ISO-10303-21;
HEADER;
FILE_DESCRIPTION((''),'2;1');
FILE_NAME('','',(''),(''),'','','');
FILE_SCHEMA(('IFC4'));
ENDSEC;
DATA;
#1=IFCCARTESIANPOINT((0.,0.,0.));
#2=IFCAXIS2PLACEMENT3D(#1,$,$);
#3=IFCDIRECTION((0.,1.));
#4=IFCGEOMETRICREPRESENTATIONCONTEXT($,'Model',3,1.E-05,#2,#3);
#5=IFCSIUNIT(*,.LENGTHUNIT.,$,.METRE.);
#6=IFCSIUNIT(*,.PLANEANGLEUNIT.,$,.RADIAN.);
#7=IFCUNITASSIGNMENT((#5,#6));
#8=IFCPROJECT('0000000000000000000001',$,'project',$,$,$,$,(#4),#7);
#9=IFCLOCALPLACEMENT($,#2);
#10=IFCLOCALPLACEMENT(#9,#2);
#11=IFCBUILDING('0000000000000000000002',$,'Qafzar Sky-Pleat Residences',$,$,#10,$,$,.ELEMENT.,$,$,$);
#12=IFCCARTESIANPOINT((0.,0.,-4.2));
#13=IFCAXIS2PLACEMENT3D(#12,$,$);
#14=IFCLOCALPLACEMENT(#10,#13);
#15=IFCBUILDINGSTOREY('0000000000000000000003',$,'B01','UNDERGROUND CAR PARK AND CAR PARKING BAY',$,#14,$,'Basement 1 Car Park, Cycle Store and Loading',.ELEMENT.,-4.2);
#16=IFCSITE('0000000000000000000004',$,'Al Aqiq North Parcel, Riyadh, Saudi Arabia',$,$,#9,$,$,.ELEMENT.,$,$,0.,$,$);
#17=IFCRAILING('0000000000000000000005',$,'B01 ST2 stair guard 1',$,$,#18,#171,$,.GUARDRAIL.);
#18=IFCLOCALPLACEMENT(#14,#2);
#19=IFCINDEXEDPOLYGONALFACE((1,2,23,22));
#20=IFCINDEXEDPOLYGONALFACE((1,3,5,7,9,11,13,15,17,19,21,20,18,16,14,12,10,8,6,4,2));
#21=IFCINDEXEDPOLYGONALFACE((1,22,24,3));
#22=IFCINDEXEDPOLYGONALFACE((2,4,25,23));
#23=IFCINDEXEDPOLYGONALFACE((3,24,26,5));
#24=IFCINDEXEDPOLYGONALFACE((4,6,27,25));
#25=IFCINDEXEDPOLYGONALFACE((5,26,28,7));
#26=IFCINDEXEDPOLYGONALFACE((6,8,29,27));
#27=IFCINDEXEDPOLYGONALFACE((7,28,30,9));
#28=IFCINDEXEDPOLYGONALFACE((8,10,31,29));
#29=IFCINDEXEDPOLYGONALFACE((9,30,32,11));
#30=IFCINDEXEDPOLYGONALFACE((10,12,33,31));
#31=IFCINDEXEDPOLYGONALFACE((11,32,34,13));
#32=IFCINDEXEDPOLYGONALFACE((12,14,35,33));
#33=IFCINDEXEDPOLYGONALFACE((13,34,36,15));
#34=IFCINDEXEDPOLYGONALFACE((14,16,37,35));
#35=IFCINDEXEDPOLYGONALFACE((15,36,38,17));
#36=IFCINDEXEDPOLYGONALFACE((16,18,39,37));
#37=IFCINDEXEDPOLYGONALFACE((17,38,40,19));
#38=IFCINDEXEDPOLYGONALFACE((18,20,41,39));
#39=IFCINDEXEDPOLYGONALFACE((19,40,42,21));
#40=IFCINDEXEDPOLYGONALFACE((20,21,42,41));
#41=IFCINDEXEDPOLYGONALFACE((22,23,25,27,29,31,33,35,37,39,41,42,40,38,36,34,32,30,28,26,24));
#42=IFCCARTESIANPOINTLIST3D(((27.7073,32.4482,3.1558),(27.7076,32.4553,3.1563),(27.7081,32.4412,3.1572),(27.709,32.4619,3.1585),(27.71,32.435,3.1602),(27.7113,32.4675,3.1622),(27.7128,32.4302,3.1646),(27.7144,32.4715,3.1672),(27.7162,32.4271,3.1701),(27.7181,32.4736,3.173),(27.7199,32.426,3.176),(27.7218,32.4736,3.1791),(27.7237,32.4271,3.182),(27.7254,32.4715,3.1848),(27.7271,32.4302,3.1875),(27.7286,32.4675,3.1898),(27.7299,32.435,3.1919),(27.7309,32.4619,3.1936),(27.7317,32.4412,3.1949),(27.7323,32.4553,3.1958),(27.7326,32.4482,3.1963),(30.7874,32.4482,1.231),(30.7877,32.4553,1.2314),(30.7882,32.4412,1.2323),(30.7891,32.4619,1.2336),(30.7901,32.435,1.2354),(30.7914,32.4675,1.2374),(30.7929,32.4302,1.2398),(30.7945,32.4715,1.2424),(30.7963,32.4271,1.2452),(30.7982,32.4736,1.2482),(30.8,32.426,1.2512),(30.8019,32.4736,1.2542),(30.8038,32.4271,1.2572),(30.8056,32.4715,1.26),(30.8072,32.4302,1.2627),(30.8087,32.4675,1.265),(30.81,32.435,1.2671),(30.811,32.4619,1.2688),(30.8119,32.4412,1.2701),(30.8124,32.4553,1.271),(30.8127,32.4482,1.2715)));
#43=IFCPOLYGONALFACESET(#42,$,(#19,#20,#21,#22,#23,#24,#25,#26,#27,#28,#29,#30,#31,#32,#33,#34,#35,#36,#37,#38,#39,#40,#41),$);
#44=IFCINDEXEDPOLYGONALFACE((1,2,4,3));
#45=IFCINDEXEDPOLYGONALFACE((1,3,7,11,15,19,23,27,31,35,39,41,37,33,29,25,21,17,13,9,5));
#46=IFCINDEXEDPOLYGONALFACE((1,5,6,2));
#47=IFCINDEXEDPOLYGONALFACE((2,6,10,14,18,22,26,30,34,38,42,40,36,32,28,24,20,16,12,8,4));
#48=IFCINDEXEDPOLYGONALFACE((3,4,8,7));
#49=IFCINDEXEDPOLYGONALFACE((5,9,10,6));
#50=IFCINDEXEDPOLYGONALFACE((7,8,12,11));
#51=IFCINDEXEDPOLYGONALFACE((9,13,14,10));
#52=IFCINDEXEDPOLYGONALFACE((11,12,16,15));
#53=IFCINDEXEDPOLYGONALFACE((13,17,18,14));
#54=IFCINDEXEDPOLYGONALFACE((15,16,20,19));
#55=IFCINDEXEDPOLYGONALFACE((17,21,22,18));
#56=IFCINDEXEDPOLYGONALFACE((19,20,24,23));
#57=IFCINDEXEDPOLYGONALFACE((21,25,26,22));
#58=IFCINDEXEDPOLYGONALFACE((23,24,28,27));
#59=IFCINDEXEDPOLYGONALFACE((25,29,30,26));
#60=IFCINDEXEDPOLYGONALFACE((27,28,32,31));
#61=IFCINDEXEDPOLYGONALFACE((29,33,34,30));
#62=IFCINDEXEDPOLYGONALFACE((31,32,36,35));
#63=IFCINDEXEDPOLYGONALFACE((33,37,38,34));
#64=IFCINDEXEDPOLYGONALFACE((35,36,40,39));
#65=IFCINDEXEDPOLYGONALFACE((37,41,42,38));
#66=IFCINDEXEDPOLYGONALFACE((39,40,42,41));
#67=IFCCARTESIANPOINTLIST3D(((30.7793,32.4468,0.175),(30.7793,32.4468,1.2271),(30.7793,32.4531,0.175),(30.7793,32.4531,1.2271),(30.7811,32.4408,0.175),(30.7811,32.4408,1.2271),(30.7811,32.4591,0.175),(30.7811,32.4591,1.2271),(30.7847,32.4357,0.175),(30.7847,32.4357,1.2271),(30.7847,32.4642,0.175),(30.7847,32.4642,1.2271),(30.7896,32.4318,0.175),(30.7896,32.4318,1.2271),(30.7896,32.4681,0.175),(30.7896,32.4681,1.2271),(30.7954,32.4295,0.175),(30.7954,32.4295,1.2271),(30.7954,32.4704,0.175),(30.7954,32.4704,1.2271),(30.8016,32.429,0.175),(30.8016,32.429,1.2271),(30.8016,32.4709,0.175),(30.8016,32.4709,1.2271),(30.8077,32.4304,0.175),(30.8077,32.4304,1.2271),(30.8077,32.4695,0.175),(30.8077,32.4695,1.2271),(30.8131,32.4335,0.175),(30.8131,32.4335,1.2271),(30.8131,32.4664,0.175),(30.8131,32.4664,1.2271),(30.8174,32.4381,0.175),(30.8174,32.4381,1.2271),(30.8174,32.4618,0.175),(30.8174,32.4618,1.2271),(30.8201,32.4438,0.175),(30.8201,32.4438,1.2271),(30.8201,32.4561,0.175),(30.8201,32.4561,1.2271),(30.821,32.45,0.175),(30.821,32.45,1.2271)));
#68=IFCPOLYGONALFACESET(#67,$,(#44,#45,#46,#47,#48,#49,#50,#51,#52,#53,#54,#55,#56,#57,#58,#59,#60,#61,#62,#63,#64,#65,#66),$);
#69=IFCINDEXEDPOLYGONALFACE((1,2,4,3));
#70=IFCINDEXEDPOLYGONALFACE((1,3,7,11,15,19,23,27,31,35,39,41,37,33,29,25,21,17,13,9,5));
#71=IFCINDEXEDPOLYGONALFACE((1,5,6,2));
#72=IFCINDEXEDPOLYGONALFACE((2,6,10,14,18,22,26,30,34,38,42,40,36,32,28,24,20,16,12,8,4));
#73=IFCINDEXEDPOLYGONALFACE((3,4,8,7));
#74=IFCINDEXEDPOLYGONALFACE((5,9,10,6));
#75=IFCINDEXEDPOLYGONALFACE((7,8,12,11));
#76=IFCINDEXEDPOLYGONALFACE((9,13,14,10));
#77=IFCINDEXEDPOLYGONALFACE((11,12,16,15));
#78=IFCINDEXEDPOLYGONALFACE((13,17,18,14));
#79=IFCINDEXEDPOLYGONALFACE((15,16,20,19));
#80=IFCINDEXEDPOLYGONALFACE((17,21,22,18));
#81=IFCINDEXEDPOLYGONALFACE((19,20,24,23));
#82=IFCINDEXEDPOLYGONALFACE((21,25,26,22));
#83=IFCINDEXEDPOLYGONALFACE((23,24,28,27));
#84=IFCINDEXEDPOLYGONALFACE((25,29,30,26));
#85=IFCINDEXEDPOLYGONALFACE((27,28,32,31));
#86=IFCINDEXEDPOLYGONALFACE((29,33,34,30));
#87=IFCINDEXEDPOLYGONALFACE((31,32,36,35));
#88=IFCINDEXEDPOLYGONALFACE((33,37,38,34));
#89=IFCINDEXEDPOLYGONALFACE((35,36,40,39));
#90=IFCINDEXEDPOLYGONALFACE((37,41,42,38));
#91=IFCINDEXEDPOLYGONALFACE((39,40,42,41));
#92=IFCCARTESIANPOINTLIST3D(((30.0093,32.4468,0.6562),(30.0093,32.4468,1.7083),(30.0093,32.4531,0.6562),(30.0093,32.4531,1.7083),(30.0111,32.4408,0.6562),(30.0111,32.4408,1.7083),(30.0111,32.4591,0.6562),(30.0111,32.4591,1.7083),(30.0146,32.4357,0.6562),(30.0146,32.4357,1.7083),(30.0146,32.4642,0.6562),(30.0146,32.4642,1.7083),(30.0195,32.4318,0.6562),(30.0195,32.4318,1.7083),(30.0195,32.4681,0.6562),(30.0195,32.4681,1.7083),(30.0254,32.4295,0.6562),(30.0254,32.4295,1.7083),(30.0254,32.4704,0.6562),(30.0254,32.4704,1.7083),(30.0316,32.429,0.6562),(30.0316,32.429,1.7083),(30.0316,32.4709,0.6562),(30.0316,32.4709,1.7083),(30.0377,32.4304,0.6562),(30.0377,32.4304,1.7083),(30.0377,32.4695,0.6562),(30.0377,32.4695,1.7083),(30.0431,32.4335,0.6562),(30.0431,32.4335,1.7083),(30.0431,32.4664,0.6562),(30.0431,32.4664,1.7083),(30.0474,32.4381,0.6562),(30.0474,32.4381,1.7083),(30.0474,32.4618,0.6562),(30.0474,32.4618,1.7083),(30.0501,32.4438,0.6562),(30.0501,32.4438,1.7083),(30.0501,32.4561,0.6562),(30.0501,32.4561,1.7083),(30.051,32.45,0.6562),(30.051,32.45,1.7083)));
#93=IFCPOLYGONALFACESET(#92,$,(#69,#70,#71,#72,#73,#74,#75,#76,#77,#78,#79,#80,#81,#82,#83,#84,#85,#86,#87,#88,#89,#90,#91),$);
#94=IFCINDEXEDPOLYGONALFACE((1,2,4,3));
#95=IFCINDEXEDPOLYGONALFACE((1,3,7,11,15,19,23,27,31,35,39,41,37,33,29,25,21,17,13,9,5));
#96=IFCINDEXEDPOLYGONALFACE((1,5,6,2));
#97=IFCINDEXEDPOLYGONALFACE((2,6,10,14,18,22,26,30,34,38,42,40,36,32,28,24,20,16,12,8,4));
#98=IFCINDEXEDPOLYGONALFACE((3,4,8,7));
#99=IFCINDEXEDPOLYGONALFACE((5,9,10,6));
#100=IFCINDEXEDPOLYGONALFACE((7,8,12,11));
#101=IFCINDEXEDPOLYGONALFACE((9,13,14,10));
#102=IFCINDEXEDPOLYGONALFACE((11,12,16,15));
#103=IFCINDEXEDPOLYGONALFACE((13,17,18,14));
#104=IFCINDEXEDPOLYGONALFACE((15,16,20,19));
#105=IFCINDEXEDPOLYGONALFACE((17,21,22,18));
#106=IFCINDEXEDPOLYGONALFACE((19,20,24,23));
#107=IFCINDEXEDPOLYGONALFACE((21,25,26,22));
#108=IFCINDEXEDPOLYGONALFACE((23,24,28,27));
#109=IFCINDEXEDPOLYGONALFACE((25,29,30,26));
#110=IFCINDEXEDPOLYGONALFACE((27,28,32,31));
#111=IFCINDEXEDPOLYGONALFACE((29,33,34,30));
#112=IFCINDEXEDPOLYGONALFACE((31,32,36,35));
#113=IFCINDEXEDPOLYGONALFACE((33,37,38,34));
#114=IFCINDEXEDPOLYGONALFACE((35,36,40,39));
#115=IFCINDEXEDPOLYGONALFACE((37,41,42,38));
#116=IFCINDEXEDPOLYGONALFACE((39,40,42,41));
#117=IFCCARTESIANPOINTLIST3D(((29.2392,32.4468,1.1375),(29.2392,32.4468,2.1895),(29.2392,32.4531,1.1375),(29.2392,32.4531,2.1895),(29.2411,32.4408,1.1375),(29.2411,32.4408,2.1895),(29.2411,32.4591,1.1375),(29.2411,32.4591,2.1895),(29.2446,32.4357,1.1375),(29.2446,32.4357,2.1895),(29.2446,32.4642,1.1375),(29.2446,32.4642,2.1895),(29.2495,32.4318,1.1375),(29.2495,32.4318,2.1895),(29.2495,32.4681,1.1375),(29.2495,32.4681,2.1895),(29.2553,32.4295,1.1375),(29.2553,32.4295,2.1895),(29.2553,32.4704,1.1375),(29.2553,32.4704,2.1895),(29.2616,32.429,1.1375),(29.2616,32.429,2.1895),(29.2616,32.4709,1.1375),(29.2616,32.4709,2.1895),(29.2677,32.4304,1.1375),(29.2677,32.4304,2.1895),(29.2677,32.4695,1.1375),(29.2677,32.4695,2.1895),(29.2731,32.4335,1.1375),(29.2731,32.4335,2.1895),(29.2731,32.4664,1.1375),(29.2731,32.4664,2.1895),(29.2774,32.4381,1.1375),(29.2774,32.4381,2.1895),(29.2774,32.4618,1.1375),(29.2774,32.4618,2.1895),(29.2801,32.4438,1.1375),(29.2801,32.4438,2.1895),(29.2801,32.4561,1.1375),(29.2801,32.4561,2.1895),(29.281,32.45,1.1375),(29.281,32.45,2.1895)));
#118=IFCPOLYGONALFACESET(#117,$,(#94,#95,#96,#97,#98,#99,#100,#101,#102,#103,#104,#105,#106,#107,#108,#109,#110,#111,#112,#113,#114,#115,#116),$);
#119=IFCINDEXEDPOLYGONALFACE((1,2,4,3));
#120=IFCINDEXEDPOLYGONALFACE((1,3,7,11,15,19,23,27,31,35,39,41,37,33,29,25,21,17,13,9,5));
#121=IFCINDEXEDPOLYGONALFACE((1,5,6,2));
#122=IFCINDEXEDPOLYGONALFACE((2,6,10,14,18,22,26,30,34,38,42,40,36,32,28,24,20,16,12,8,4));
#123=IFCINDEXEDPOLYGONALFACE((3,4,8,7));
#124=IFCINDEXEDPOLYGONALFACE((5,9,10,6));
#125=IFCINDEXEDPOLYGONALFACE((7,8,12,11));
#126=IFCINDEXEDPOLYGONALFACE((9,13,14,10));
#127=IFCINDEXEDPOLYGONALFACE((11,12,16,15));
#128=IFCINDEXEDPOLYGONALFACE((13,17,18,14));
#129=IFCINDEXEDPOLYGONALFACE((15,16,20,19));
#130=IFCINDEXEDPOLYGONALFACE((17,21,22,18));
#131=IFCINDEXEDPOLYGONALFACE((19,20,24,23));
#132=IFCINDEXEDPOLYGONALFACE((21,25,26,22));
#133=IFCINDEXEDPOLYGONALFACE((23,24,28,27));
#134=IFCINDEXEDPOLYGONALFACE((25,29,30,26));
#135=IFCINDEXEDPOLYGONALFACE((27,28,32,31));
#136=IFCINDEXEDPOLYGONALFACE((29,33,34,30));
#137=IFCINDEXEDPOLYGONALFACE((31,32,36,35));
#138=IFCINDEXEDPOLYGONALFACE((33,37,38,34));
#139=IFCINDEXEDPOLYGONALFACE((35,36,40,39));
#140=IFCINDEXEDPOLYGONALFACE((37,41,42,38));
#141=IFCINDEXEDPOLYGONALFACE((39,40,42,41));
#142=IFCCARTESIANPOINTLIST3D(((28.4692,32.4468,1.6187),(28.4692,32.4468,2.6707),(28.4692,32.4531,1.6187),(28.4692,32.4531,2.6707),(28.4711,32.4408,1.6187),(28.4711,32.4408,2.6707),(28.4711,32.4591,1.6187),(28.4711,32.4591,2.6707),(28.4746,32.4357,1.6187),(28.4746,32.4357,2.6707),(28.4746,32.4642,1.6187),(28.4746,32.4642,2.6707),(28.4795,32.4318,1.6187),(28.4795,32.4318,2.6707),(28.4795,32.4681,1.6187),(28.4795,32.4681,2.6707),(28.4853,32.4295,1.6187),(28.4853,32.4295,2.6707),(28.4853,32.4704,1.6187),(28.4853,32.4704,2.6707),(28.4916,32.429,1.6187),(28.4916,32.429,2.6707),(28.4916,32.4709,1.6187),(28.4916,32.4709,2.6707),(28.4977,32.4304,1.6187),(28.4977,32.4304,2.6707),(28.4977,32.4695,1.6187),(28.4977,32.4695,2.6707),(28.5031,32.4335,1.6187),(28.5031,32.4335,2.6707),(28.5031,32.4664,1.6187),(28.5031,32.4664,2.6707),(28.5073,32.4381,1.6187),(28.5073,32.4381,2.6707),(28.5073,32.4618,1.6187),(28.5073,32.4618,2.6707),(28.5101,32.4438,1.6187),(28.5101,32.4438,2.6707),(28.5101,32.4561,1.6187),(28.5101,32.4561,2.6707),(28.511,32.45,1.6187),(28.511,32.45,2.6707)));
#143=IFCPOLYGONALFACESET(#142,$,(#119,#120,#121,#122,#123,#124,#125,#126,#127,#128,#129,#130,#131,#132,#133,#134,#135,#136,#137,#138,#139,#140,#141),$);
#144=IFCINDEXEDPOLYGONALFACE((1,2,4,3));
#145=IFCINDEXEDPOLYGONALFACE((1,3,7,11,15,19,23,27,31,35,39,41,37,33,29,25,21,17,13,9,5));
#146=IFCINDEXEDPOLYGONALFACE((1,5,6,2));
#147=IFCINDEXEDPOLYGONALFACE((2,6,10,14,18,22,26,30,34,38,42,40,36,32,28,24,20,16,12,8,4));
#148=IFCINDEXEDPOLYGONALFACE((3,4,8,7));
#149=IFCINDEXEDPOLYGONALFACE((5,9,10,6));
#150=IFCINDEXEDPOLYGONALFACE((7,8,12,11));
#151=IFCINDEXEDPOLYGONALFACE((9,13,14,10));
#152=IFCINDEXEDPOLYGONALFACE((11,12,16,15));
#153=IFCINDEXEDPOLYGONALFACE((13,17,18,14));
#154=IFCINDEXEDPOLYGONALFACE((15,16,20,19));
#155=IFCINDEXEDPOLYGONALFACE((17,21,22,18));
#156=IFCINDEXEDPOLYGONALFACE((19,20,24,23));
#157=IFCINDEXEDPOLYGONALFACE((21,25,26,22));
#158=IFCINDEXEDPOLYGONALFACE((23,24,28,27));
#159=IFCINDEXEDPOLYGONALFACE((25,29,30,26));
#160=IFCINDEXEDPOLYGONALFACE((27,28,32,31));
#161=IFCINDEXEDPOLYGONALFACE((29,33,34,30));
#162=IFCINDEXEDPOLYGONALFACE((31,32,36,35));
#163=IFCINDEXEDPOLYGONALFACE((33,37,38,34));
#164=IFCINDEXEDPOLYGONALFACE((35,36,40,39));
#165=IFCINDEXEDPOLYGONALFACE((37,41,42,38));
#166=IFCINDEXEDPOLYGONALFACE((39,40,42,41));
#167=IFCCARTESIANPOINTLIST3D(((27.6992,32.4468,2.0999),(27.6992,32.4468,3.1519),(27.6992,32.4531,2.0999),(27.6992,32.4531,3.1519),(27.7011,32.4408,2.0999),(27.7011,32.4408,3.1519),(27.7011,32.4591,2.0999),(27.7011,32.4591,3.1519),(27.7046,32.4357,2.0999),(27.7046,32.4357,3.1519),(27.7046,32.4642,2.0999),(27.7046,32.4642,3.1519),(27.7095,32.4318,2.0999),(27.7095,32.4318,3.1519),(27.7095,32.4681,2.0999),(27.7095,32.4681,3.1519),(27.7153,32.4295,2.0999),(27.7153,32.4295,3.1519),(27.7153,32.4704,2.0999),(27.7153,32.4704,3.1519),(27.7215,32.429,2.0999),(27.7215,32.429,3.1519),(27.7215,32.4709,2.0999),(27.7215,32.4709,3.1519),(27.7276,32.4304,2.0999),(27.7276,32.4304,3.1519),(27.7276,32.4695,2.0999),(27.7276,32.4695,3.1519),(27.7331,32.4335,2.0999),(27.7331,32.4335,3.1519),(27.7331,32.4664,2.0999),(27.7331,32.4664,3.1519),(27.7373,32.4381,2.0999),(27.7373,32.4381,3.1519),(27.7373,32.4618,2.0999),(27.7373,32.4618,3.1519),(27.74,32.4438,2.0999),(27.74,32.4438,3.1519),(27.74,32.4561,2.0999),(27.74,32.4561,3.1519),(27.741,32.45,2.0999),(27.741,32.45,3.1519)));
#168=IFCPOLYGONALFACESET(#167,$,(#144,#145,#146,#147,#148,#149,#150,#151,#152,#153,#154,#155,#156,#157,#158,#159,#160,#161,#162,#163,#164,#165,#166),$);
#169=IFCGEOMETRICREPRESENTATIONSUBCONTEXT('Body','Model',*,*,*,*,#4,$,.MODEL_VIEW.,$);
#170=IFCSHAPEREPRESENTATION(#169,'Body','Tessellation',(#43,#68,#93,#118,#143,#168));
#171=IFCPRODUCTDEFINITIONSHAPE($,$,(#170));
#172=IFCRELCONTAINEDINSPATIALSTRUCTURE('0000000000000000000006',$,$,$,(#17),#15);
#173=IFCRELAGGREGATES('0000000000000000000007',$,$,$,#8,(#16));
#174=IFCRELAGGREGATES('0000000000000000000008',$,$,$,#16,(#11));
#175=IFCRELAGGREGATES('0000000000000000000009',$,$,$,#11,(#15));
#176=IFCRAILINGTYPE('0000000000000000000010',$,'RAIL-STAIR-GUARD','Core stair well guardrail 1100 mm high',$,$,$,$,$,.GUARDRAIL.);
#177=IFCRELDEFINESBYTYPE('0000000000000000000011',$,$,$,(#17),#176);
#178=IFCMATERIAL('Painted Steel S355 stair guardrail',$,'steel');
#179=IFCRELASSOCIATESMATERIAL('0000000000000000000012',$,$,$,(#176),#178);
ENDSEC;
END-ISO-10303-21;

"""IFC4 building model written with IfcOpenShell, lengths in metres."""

from ifc_helpers import new_model, si_unit, direction, frame, origin, origin_2d, place, context, subcontext, project, spatial, circle, extrude, source, transform, mapped, material, type_object, element, save


model = new_model("IFC4")

# Units and contexts
model_context = context("Model", 3, precision=1e-05, world=origin(), true_north=direction((0.0, 1.0)))
body_context = subcontext(model_context, "Body", "Model", "MODEL_VIEW")
ifc_project = project(units=[si_unit("LENGTHUNIT", "METRE"), si_unit("PLANEANGLEUNIT", "RADIAN")], contexts=[model_context])

# Site, building, storey
site_placement = place(None, origin())
site = spatial("IfcSite", under=ifc_project, at=site_placement, Name="Al Aqiq North Parcel, Riyadh, Saudi Arabia", CompositionType="ELEMENT", RefElevation=0.0)
building_placement = place(site_placement, origin())
building = spatial("IfcBuilding", under=site, at=building_placement, Name="Qafzar Sky-Pleat Residences", CompositionType="ELEMENT")
storey_placement = place(building_placement, frame((0.0, 0.0, -4.2)))
storey = spatial("IfcBuildingStorey", under=building, at=storey_placement, Name="B01", Description="UNDERGROUND CAR PARK AND CAR PARKING BAY", LongName="Basement 1 Car Park, Cycle Store and Loading", CompositionType="ELEMENT", Elevation=-4.2)

# Railing
ifc_material_1 = material(Name="Painted Steel S355 stair guardrail", Category="steel")
railing_type_1 = type_object("IfcRailingType", Name="RAIL-STAIR-GUARD", Description="Core stair well guardrail 1100 mm high", PredefinedType="GUARDRAIL", material=ifc_material_1)
shared_shape_1 = source(origin(), body_context, "Body", "SweptSolid", [
    extrude(circle(Radius=0.0239, at=origin_2d()), frame((0.0, 0.0, 1.0762), z_axis=(-0.848029, 0.0, 0.529951), x_axis=(0.0, -1.0, 0.0)), (0.0, 0.0, 1.0), 3.6321),
    extrude(circle(Radius=0.021, at=origin_2d()), origin(), (0.0, 0.0, 1.0), 1.052),
    extrude(circle(Radius=0.021, at=origin_2d()), frame((-0.77, 0.0, 0.4812)), (0.0, 0.0, 1.0), 1.052),
    extrude(circle(Radius=0.021, at=origin_2d()), frame((-1.54, 0.0, 0.9624)), (0.0, 0.0, 1.0), 1.052),
    extrude(circle(Radius=0.021, at=origin_2d()), frame((-2.3101, 0.0, 1.4436)), (0.0, 0.0, 1.0), 1.052),
    extrude(circle(Radius=0.021, at=origin_2d()), frame((-3.0801, 0.0, 1.9248)), (0.0, 0.0, 1.0), 1.052),
])
railing_1_placement = place(storey_placement, frame((30.8, 32.45, 0.175)))
element("IfcRailing", 1, at=railing_1_placement, inside=storey, type_object=railing_type_1, Name="B01 ST2 stair guard 1", PredefinedType="GUARDRAIL", context=body_context, shape_type="MappedRepresentation", body=[
    mapped(shared_shape_1, transform((0.0, 0.0, 0.0), x_axis=(1.0, 0.0, 0.0), y_axis=(0.0, 1.0, 0.0), z_axis=(0.0, 0.0, 1.0), scale=1.0)),
])

save(model, "model.ifc")
